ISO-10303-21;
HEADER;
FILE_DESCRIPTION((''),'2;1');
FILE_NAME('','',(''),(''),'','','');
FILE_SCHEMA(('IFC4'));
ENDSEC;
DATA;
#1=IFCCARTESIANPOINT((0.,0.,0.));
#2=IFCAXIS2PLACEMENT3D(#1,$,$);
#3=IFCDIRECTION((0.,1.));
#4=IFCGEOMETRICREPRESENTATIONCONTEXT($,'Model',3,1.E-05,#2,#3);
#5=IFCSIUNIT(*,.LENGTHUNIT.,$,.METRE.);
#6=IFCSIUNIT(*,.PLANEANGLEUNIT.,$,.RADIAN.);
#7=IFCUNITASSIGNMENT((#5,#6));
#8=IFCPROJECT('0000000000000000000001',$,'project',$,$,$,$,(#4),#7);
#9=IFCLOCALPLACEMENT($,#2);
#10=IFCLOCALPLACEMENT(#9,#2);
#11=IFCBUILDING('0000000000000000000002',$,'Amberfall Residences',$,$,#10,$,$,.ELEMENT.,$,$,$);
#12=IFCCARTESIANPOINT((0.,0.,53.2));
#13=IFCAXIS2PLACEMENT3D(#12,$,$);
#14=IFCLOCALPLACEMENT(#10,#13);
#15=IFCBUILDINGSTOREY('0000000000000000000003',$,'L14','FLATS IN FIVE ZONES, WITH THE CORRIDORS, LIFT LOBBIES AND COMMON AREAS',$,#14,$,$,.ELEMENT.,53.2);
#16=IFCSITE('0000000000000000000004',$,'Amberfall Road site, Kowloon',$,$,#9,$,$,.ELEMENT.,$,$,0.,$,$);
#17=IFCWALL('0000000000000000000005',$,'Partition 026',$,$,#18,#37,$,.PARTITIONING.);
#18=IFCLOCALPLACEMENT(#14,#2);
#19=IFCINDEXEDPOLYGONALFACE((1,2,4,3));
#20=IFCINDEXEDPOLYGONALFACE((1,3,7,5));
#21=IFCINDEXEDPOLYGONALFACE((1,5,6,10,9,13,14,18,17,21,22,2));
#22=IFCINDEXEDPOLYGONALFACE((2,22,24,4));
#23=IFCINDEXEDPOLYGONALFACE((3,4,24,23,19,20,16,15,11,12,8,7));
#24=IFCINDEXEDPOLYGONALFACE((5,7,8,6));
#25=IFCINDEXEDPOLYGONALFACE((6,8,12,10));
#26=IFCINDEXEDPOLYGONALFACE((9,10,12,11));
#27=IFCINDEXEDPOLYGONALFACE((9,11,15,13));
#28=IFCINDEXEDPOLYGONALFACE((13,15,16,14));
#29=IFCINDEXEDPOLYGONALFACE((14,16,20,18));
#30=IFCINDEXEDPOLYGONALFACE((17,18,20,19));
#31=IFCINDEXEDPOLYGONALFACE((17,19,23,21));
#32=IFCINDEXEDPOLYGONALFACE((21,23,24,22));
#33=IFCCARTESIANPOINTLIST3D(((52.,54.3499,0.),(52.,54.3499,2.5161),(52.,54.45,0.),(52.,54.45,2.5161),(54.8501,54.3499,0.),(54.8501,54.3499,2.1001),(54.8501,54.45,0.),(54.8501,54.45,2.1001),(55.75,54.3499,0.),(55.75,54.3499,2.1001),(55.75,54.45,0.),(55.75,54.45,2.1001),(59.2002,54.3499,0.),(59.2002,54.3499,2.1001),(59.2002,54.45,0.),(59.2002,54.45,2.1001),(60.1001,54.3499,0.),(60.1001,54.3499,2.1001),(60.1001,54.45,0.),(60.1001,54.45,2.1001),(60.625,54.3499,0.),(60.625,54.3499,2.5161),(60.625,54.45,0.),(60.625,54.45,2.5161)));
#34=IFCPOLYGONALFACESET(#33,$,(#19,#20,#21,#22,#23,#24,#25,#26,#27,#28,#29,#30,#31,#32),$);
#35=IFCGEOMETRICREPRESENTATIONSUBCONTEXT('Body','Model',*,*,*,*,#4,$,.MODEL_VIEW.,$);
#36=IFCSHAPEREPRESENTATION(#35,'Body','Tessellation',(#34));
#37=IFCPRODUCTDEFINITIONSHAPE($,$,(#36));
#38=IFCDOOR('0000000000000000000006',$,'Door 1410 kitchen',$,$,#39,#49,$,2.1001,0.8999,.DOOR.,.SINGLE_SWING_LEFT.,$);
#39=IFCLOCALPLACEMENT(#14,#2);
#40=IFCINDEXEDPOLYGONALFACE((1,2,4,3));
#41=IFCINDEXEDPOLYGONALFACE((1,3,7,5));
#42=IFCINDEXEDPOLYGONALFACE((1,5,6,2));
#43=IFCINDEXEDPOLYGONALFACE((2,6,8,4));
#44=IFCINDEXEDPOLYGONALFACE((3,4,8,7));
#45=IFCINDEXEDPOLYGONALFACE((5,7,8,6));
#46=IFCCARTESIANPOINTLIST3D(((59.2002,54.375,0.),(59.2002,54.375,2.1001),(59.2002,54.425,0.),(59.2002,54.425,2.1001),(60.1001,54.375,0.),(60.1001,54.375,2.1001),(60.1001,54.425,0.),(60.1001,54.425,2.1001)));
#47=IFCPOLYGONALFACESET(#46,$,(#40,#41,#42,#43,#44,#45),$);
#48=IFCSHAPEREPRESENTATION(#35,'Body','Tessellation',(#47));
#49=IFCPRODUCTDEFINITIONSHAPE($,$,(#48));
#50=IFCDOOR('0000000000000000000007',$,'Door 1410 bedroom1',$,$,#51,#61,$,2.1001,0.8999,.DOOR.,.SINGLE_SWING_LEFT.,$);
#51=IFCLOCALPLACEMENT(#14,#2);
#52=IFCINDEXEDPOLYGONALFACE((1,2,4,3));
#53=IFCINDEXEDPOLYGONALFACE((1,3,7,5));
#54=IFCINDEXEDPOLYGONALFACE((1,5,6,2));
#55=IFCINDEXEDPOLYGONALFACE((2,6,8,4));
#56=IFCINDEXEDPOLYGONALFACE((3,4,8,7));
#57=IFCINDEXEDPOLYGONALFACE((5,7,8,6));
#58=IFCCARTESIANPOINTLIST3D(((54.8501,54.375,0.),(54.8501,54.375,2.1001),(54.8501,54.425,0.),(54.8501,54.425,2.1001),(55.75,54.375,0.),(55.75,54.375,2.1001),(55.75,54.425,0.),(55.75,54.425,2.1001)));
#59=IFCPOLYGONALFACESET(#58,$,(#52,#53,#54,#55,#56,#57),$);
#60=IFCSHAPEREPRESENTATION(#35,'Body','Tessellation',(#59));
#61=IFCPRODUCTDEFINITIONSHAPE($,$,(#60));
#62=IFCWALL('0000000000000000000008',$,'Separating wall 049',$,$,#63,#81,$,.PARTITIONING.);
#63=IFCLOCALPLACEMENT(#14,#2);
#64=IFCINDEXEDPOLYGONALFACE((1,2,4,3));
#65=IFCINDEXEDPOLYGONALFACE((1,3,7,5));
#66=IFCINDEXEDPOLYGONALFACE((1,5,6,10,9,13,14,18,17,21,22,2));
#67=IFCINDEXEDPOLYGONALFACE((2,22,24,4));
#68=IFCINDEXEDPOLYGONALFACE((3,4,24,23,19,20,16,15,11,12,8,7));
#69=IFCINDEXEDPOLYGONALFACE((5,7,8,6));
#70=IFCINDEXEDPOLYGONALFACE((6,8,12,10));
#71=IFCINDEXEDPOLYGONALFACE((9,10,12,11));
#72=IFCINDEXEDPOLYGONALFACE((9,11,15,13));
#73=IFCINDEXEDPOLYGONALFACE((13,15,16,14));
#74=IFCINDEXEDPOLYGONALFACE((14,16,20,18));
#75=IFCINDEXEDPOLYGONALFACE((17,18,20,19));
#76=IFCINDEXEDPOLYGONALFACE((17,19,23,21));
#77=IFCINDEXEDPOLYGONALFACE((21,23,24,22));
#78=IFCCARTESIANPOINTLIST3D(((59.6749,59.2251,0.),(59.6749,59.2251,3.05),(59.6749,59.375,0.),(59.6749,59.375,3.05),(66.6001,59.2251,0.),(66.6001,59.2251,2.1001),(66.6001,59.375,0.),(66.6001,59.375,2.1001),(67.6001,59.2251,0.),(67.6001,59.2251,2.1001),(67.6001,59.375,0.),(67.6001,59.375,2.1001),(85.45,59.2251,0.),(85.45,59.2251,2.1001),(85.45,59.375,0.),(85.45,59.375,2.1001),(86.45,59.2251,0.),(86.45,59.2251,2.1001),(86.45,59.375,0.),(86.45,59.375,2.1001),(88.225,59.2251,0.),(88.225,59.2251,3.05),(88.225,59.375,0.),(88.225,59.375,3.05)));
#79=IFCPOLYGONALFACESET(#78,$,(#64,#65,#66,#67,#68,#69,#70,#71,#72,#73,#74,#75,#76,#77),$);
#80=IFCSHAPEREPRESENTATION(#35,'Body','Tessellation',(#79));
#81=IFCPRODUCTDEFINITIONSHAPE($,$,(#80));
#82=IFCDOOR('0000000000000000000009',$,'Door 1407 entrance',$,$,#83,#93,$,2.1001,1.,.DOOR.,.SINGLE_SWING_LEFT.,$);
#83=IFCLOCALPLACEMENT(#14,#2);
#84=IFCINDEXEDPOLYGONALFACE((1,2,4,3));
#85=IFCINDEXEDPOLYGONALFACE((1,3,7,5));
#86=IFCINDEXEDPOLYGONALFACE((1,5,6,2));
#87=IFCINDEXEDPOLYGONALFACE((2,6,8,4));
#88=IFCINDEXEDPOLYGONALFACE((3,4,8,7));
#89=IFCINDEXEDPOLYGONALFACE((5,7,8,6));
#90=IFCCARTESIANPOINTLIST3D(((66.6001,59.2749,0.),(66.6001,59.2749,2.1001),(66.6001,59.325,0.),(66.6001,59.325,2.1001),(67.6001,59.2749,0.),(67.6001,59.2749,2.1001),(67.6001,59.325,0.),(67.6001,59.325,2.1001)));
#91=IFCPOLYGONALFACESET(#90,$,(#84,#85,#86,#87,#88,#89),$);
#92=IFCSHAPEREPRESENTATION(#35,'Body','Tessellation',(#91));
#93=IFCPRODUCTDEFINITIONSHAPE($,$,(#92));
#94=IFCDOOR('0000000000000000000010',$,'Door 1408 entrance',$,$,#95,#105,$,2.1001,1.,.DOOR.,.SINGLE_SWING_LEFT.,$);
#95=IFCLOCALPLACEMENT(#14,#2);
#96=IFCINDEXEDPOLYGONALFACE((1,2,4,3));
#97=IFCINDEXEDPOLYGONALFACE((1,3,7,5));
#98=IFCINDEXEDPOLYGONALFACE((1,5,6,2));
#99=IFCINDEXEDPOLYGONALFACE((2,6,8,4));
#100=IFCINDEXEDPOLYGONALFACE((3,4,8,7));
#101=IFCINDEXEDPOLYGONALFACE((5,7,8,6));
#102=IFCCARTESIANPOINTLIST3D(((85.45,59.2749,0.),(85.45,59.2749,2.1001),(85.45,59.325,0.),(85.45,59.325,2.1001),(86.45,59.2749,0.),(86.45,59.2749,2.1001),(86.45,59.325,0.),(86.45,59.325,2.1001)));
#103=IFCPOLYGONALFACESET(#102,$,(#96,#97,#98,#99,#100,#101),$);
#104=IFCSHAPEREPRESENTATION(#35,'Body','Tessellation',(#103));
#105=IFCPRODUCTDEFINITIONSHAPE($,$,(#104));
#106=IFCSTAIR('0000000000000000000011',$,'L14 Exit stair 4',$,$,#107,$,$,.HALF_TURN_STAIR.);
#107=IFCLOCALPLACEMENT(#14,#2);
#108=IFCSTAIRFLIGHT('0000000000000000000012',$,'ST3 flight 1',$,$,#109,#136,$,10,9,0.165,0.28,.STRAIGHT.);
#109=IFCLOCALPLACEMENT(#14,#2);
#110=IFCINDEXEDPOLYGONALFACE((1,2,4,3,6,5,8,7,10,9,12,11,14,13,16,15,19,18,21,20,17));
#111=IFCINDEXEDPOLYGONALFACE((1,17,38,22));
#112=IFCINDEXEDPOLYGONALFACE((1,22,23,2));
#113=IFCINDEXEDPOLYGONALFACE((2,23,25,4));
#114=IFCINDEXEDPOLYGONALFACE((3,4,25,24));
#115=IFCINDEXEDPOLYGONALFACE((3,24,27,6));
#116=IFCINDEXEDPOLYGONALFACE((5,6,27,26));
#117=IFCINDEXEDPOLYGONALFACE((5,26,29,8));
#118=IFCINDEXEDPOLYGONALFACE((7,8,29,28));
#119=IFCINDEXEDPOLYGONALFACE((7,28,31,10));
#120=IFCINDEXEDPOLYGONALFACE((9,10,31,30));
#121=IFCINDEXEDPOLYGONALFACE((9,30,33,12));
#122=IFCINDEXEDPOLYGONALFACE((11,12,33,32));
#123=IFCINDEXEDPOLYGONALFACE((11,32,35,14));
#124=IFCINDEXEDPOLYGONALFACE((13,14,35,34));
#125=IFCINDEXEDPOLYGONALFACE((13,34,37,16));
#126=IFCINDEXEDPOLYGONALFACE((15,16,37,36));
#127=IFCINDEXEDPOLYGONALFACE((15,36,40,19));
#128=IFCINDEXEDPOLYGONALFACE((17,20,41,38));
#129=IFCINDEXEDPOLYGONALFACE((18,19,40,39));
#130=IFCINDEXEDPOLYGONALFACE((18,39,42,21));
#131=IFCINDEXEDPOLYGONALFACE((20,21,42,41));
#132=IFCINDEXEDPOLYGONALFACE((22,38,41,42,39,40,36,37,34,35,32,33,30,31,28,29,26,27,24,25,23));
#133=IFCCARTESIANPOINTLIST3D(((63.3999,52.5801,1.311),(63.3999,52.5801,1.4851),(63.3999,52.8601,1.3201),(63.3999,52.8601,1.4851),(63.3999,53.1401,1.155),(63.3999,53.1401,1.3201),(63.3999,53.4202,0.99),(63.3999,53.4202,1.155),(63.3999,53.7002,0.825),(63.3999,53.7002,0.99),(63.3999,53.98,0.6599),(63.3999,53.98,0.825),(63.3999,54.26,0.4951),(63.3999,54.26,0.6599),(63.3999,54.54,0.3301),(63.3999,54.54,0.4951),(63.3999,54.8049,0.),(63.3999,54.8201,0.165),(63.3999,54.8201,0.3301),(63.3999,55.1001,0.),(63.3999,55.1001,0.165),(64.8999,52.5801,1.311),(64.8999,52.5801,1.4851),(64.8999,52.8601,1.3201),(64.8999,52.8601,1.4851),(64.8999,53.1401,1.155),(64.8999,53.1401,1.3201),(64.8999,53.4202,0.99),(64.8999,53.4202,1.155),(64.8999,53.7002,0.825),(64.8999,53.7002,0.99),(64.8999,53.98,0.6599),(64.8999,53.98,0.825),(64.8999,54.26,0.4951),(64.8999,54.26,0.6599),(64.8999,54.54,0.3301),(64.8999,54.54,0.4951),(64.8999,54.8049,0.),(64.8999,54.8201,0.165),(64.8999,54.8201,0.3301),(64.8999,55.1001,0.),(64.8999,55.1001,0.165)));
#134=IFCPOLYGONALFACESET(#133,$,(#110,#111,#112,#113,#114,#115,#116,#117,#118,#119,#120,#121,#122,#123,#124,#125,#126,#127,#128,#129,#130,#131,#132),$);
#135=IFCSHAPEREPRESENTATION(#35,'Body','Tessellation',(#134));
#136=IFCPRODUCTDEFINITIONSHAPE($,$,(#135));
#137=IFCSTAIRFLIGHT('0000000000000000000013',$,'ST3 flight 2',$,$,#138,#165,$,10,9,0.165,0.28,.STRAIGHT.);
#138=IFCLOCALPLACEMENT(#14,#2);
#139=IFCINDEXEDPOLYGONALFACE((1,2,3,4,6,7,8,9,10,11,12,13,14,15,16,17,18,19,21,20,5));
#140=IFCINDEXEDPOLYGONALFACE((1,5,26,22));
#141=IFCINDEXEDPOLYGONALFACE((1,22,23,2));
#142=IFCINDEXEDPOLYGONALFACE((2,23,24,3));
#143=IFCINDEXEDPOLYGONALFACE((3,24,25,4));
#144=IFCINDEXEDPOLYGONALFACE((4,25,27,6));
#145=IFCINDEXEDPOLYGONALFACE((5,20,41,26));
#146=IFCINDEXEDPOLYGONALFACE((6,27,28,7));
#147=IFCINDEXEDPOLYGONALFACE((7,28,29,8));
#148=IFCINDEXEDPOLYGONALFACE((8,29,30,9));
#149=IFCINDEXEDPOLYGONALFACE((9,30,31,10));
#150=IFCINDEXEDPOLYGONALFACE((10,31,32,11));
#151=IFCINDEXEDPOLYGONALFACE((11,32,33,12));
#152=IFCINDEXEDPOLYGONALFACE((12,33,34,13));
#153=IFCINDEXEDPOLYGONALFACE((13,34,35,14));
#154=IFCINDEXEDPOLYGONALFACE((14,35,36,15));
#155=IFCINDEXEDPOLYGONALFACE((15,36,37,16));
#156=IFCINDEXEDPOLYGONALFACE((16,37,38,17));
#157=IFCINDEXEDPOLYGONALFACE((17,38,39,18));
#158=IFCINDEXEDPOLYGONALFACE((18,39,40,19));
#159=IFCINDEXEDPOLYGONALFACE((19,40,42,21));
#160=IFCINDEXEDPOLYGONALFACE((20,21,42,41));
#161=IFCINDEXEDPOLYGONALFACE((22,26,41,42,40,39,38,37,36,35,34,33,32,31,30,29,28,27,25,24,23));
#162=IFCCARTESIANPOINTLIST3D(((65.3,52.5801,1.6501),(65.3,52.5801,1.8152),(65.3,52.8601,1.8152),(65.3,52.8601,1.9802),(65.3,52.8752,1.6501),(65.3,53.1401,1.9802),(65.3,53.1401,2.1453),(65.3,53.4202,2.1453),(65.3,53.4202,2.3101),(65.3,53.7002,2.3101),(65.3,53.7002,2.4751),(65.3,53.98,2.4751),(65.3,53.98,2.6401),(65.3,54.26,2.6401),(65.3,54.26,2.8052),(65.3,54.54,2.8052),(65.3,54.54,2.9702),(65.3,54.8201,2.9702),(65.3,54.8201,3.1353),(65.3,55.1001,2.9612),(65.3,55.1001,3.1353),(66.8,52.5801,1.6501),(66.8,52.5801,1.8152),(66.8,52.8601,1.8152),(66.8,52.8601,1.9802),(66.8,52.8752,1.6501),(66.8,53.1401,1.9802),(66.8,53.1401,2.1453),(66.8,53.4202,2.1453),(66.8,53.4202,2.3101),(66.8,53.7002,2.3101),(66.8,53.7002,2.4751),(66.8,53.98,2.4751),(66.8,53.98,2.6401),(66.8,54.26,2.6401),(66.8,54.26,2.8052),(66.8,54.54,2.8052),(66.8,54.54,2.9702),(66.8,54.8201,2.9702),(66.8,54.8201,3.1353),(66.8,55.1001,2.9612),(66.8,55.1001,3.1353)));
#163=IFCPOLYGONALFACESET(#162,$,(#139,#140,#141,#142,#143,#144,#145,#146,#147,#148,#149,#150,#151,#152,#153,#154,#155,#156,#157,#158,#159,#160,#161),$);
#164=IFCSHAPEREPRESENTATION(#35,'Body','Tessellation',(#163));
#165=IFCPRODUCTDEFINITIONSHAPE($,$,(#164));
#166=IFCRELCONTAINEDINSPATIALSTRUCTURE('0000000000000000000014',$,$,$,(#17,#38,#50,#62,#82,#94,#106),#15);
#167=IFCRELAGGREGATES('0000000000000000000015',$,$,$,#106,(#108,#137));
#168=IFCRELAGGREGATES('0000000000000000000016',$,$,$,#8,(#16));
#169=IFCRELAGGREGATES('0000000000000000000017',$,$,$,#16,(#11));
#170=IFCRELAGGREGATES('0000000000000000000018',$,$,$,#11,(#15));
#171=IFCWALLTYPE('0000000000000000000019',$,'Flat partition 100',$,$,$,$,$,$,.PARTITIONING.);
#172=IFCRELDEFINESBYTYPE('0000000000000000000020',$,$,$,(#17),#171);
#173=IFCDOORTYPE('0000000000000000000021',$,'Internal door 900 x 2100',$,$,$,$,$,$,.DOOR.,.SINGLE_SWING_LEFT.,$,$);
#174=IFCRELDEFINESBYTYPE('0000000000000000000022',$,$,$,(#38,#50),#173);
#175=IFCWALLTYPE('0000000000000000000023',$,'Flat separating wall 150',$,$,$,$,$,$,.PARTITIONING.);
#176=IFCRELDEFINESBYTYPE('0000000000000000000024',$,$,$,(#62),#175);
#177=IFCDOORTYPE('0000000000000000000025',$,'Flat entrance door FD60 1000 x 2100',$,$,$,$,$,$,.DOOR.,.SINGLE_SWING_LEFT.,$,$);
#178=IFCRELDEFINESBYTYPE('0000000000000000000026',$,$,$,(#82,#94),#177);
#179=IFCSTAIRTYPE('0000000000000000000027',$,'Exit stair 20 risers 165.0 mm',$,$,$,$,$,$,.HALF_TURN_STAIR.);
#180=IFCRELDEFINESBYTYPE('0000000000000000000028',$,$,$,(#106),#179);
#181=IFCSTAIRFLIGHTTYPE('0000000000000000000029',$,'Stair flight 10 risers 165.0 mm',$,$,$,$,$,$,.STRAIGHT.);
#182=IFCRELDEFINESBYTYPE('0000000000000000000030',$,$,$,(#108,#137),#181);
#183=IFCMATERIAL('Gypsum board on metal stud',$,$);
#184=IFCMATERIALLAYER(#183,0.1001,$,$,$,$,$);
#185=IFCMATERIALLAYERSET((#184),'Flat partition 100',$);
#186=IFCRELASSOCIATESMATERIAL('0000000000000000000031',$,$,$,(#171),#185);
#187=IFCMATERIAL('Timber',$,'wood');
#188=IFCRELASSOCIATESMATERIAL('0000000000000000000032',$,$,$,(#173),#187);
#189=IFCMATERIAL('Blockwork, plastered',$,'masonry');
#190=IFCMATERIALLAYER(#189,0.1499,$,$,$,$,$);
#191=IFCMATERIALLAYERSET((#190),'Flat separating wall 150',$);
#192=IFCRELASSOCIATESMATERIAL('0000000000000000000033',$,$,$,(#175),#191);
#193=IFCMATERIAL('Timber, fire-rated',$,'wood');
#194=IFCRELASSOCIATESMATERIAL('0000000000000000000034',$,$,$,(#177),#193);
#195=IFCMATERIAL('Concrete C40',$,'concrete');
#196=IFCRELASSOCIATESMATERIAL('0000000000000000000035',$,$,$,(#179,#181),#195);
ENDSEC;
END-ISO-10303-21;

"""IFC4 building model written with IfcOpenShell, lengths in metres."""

from ifc_helpers import new_model, si_unit, direction, frame, frame_2d, origin, place, context, subcontext, project, spatial, polyline, rectangle, outline, extrude, material, layer, layer_set, type_object, element, fill, aggregate, save


model = new_model("IFC4")

# Units and contexts
model_context = context("Model", 3, precision=1e-05, world=origin(), true_north=direction((0.0, 1.0)))
body_context = subcontext(model_context, "Body", "Model", "MODEL_VIEW")
ifc_project = project(units=[si_unit("LENGTHUNIT", "METRE"), si_unit("PLANEANGLEUNIT", "RADIAN")], contexts=[model_context])

# Site, building, storey
site_placement = place(None, origin())
site = spatial("IfcSite", under=ifc_project, at=site_placement, Name="Amberfall Road site, Kowloon", CompositionType="ELEMENT", RefElevation=0.0)
building_placement = place(site_placement, origin())
building = spatial("IfcBuilding", under=site, at=building_placement, Name="Amberfall Residences", CompositionType="ELEMENT")
storey_placement = place(building_placement, frame((0.0, 0.0, 53.2)))
storey = spatial("IfcBuildingStorey", under=building, at=storey_placement, Name="L14", Description="FLATS IN FIVE ZONES, WITH THE CORRIDORS, LIFT LOBBIES AND COMMON AREAS", CompositionType="ELEMENT", Elevation=53.2)

# Shared definitions
ifc_material_1 = material(Name="Gypsum board on metal stud")
ifc_layer_1 = layer(ifc_material_1, 0.1001)
ifc_layer_set_1 = layer_set([ifc_layer_1], Name="Flat partition 100")
wall_type_1 = type_object("IfcWallType", Name="Flat partition 100", PredefinedType="PARTITIONING", material=ifc_layer_set_1)
ifc_material_2 = material(Name="Timber", Category="wood")
door_type_1 = type_object("IfcDoorType", Name="Internal door 900 x 2100", OperationType="SINGLE_SWING_LEFT", PredefinedType="DOOR", material=ifc_material_2)

# Walls, openings, doors
wall_1_placement = place(storey_placement, frame((60.625, 54.3999, 0.0), z_axis=(0.0, 0.0, 1.0), x_axis=(-1.0, 0.0, 0.0)))
wall_1 = element("IfcWall", 1, at=wall_1_placement, inside=storey, type_object=wall_type_1, Name="Partition 026", PredefinedType="PARTITIONING", context=body_context, shape_type="SweptSolid", body=[
    extrude(rectangle(XDim=8.625, YDim=0.1001, at=frame_2d((4.3125, 0.0))), origin(), (0.0, 0.0, 1.0), 2.5161),
])
opening_1_placement = place(wall_1_placement, frame((0.5249, 0.0, 0.0)))
opening_1 = element("IfcOpeningElement", 2, at=opening_1_placement, cuts=wall_1, PredefinedType="OPENING", context=body_context, shape_type="SweptSolid", body=[
    extrude(rectangle(XDim=0.8999, YDim=2.1001, at=frame_2d((0.45, 1.05))), frame((0.0, 0.0601, 0.0), z_axis=(0.0, -1.0, 0.0), x_axis=(1.0, 0.0, 0.0)), (0.0, 0.0, 1.0), 0.1201),
])
opening_2_placement = place(wall_1_placement, frame((4.875, 0.0, 0.0)))
opening_2 = element("IfcOpeningElement", 3, at=opening_2_placement, cuts=wall_1, PredefinedType="OPENING", context=body_context, shape_type="SweptSolid", body=[
    extrude(rectangle(XDim=0.8999, YDim=2.1001, at=frame_2d((0.45, 1.05))), frame((0.0, 0.0601, 0.0), z_axis=(0.0, -1.0, 0.0), x_axis=(1.0, 0.0, 0.0)), (0.0, 0.0, 1.0), 0.1201),
])
door_1_placement = place(opening_1_placement, origin())
door_1 = element("IfcDoor", 4, at=door_1_placement, inside=storey, type_object=door_type_1, Name="Door 1410 kitchen", OperationType="SINGLE_SWING_LEFT", OverallHeight=2.1001, OverallWidth=0.8999, PredefinedType="DOOR", context=body_context, shape_type="SweptSolid", body=[
    extrude(rectangle(XDim=0.8999, YDim=2.1001, at=frame_2d((0.45, 1.05))), frame((0.0, 0.0249, 0.0), z_axis=(0.0, -1.0, 0.0), x_axis=(1.0, 0.0, 0.0)), (0.0, 0.0, 1.0), 0.05),
])
fill(opening_1, door_1)
door_2_placement = place(opening_2_placement, origin())
door_2 = element("IfcDoor", 5, at=door_2_placement, inside=storey, type_object=door_type_1, Name="Door 1410 bedroom1", OperationType="SINGLE_SWING_LEFT", OverallHeight=2.1001, OverallWidth=0.8999, PredefinedType="DOOR", context=body_context, shape_type="SweptSolid", body=[
    extrude(rectangle(XDim=0.8999, YDim=2.1001, at=frame_2d((0.45, 1.05))), frame((0.0, 0.0249, 0.0), z_axis=(0.0, -1.0, 0.0), x_axis=(1.0, 0.0, 0.0)), (0.0, 0.0, 1.0), 0.05),
])
fill(opening_2, door_2)
ifc_material_3 = material(Name="Blockwork, plastered", Category="masonry")
ifc_layer_2 = layer(ifc_material_3, 0.1499)
ifc_layer_set_2 = layer_set([ifc_layer_2], Name="Flat separating wall 150")
wall_type_2 = type_object("IfcWallType", Name="Flat separating wall 150", PredefinedType="PARTITIONING", material=ifc_layer_set_2)
wall_2_placement = place(storey_placement, frame((59.675, 59.3, 0.0), z_axis=(0.0, 0.0, 1.0), x_axis=(1.0, 0.0, 0.0)))
wall_2 = element("IfcWall", 6, at=wall_2_placement, inside=storey, type_object=wall_type_2, Name="Separating wall 049", PredefinedType="PARTITIONING", context=body_context, shape_type="SweptSolid", body=[
    extrude(rectangle(XDim=28.55, YDim=0.1499, at=frame_2d((14.2749, 0.0))), origin(), (0.0, 0.0, 1.0), 3.05),
])
opening_3_placement = place(wall_2_placement, frame((6.925, 0.0, 0.0)))
opening_3 = element("IfcOpeningElement", 7, at=opening_3_placement, cuts=wall_2, PredefinedType="OPENING", context=body_context, shape_type="SweptSolid", body=[
    extrude(rectangle(XDim=1.0, YDim=2.1001, at=frame_2d((0.5, 1.05))), frame((0.0, 0.085, 0.0), z_axis=(0.0, -1.0, 0.0), x_axis=(1.0, 0.0, 0.0)), (0.0, 0.0, 1.0), 0.1699),
])
opening_4_placement = place(wall_2_placement, frame((25.7749, 0.0, 0.0)))
opening_4 = element("IfcOpeningElement", 8, at=opening_4_placement, cuts=wall_2, PredefinedType="OPENING", context=body_context, shape_type="SweptSolid", body=[
    extrude(rectangle(XDim=1.0, YDim=2.1001, at=frame_2d((0.5, 1.05))), frame((0.0, 0.085, 0.0), z_axis=(0.0, -1.0, 0.0), x_axis=(1.0, 0.0, 0.0)), (0.0, 0.0, 1.0), 0.1699),
])
ifc_material_4 = material(Name="Timber, fire-rated", Category="wood")
door_type_2 = type_object("IfcDoorType", Name="Flat entrance door FD60 1000 x 2100", OperationType="SINGLE_SWING_LEFT", PredefinedType="DOOR", material=ifc_material_4)
door_3_placement = place(opening_3_placement, origin())
door_3 = element("IfcDoor", 9, at=door_3_placement, inside=storey, type_object=door_type_2, Name="Door 1407 entrance", OperationType="SINGLE_SWING_LEFT", OverallHeight=2.1001, OverallWidth=1.0, PredefinedType="DOOR", context=body_context, shape_type="SweptSolid", body=[
    extrude(rectangle(XDim=1.0, YDim=2.1001, at=frame_2d((0.5, 1.05))), frame((0.0, 0.0249, 0.0), z_axis=(0.0, -1.0, 0.0), x_axis=(1.0, 0.0, 0.0)), (0.0, 0.0, 1.0), 0.05),
])
fill(opening_3, door_3)
door_4_placement = place(opening_4_placement, origin())
door_4 = element("IfcDoor", 10, at=door_4_placement, inside=storey, type_object=door_type_2, Name="Door 1408 entrance", OperationType="SINGLE_SWING_LEFT", OverallHeight=2.1001, OverallWidth=1.0, PredefinedType="DOOR", context=body_context, shape_type="SweptSolid", body=[
    extrude(rectangle(XDim=1.0, YDim=2.1001, at=frame_2d((0.5, 1.05))), frame((0.0, 0.0249, 0.0), z_axis=(0.0, -1.0, 0.0), x_axis=(1.0, 0.0, 0.0)), (0.0, 0.0, 1.0), 0.05),
])
fill(opening_4, door_4)

# Stair, stair flights
ifc_material_5 = material(Name="Concrete C40", Category="concrete")
stair_type = type_object("IfcStairType", Name="Exit stair 20 risers 165.0 mm", PredefinedType="HALF_TURN_STAIR", material=ifc_material_5)
stair_placement = place(storey_placement, origin())
stair = element("IfcStair", 11, at=stair_placement, inside=storey, type_object=stair_type, Name="L14 Exit stair 4", PredefinedType="HALF_TURN_STAIR")
stair_flight_type = type_object("IfcStairFlightType", Name="Stair flight 10 risers 165.0 mm", PredefinedType="STRAIGHT", material=ifc_material_5)
stair_flight_1_placement = place(storey_placement, frame((64.1499, 55.1001, 0.0), z_axis=(0.0, 0.0, 1.0), x_axis=(0.0, -1.0, 0.0)))
stair_flight_1 = element("IfcStairFlight", 12, at=stair_flight_1_placement, type_object=stair_flight_type, Name="ST3 flight 1", NumberOfRisers=10, NumberOfTreads=9, PredefinedType="STRAIGHT", RiserHeight=0.165, TreadLength=0.28, context=body_context, shape_type="SweptSolid", body=[
    extrude(outline(polyline([(0.0, 0.0), (0.0, 0.165), (0.28, 0.165), (0.28, 0.3301), (0.5601, 0.3301), (0.5601, 0.4951), (0.8401, 0.4951), (0.8401, 0.6599), (1.1201, 0.6599), (1.1201, 0.825), (1.3999, 0.825), (1.3999, 0.99), (1.6799, 0.99), (1.6799, 1.155), (1.96, 1.155), (1.96, 1.3201), (2.24, 1.3201), (2.24, 1.4851), (2.52, 1.4851), (2.52, 1.6499), (2.52, 1.311), (0.2952, 0.0), (0.0, 0.0)])), frame((0.0, 0.75, 0.0), z_axis=(0.0, -1.0, 0.0), x_axis=(1.0, 0.0, 0.0)), (0.0, 0.0, 1.0), 1.5),
])
stair_flight_2_placement = place(storey_placement, frame((66.05, 52.5801, 1.6501), z_axis=(0.0, 0.0, 1.0), x_axis=(0.0, 1.0, 0.0)))
stair_flight_2 = element("IfcStairFlight", 13, at=stair_flight_2_placement, type_object=stair_flight_type, Name="ST3 flight 2", NumberOfRisers=10, NumberOfTreads=9, PredefinedType="STRAIGHT", RiserHeight=0.165, TreadLength=0.28, context=body_context, shape_type="SweptSolid", body=[
    extrude(outline(polyline([(0.0, 0.0), (0.0, 0.165), (0.28, 0.165), (0.28, 0.3301), (0.5601, 0.3301), (0.5601, 0.4951), (0.8401, 0.4951), (0.8401, 0.6599), (1.1201, 0.6599), (1.1201, 0.825), (1.3999, 0.825), (1.3999, 0.99), (1.6799, 0.99), (1.6799, 1.155), (1.96, 1.155), (1.96, 1.3201), (2.24, 1.3201), (2.24, 1.4851), (2.52, 1.4851), (2.52, 1.6499), (2.52, 1.311), (0.2952, 0.0), (0.0, 0.0)])), frame((0.0, 0.75, 0.0), z_axis=(0.0, -1.0, 0.0), x_axis=(1.0, 0.0, 0.0)), (0.0, 0.0, 1.0), 1.5),
])
aggregate(stair, [stair_flight_1, stair_flight_2])

save(model, "model.ifc")
